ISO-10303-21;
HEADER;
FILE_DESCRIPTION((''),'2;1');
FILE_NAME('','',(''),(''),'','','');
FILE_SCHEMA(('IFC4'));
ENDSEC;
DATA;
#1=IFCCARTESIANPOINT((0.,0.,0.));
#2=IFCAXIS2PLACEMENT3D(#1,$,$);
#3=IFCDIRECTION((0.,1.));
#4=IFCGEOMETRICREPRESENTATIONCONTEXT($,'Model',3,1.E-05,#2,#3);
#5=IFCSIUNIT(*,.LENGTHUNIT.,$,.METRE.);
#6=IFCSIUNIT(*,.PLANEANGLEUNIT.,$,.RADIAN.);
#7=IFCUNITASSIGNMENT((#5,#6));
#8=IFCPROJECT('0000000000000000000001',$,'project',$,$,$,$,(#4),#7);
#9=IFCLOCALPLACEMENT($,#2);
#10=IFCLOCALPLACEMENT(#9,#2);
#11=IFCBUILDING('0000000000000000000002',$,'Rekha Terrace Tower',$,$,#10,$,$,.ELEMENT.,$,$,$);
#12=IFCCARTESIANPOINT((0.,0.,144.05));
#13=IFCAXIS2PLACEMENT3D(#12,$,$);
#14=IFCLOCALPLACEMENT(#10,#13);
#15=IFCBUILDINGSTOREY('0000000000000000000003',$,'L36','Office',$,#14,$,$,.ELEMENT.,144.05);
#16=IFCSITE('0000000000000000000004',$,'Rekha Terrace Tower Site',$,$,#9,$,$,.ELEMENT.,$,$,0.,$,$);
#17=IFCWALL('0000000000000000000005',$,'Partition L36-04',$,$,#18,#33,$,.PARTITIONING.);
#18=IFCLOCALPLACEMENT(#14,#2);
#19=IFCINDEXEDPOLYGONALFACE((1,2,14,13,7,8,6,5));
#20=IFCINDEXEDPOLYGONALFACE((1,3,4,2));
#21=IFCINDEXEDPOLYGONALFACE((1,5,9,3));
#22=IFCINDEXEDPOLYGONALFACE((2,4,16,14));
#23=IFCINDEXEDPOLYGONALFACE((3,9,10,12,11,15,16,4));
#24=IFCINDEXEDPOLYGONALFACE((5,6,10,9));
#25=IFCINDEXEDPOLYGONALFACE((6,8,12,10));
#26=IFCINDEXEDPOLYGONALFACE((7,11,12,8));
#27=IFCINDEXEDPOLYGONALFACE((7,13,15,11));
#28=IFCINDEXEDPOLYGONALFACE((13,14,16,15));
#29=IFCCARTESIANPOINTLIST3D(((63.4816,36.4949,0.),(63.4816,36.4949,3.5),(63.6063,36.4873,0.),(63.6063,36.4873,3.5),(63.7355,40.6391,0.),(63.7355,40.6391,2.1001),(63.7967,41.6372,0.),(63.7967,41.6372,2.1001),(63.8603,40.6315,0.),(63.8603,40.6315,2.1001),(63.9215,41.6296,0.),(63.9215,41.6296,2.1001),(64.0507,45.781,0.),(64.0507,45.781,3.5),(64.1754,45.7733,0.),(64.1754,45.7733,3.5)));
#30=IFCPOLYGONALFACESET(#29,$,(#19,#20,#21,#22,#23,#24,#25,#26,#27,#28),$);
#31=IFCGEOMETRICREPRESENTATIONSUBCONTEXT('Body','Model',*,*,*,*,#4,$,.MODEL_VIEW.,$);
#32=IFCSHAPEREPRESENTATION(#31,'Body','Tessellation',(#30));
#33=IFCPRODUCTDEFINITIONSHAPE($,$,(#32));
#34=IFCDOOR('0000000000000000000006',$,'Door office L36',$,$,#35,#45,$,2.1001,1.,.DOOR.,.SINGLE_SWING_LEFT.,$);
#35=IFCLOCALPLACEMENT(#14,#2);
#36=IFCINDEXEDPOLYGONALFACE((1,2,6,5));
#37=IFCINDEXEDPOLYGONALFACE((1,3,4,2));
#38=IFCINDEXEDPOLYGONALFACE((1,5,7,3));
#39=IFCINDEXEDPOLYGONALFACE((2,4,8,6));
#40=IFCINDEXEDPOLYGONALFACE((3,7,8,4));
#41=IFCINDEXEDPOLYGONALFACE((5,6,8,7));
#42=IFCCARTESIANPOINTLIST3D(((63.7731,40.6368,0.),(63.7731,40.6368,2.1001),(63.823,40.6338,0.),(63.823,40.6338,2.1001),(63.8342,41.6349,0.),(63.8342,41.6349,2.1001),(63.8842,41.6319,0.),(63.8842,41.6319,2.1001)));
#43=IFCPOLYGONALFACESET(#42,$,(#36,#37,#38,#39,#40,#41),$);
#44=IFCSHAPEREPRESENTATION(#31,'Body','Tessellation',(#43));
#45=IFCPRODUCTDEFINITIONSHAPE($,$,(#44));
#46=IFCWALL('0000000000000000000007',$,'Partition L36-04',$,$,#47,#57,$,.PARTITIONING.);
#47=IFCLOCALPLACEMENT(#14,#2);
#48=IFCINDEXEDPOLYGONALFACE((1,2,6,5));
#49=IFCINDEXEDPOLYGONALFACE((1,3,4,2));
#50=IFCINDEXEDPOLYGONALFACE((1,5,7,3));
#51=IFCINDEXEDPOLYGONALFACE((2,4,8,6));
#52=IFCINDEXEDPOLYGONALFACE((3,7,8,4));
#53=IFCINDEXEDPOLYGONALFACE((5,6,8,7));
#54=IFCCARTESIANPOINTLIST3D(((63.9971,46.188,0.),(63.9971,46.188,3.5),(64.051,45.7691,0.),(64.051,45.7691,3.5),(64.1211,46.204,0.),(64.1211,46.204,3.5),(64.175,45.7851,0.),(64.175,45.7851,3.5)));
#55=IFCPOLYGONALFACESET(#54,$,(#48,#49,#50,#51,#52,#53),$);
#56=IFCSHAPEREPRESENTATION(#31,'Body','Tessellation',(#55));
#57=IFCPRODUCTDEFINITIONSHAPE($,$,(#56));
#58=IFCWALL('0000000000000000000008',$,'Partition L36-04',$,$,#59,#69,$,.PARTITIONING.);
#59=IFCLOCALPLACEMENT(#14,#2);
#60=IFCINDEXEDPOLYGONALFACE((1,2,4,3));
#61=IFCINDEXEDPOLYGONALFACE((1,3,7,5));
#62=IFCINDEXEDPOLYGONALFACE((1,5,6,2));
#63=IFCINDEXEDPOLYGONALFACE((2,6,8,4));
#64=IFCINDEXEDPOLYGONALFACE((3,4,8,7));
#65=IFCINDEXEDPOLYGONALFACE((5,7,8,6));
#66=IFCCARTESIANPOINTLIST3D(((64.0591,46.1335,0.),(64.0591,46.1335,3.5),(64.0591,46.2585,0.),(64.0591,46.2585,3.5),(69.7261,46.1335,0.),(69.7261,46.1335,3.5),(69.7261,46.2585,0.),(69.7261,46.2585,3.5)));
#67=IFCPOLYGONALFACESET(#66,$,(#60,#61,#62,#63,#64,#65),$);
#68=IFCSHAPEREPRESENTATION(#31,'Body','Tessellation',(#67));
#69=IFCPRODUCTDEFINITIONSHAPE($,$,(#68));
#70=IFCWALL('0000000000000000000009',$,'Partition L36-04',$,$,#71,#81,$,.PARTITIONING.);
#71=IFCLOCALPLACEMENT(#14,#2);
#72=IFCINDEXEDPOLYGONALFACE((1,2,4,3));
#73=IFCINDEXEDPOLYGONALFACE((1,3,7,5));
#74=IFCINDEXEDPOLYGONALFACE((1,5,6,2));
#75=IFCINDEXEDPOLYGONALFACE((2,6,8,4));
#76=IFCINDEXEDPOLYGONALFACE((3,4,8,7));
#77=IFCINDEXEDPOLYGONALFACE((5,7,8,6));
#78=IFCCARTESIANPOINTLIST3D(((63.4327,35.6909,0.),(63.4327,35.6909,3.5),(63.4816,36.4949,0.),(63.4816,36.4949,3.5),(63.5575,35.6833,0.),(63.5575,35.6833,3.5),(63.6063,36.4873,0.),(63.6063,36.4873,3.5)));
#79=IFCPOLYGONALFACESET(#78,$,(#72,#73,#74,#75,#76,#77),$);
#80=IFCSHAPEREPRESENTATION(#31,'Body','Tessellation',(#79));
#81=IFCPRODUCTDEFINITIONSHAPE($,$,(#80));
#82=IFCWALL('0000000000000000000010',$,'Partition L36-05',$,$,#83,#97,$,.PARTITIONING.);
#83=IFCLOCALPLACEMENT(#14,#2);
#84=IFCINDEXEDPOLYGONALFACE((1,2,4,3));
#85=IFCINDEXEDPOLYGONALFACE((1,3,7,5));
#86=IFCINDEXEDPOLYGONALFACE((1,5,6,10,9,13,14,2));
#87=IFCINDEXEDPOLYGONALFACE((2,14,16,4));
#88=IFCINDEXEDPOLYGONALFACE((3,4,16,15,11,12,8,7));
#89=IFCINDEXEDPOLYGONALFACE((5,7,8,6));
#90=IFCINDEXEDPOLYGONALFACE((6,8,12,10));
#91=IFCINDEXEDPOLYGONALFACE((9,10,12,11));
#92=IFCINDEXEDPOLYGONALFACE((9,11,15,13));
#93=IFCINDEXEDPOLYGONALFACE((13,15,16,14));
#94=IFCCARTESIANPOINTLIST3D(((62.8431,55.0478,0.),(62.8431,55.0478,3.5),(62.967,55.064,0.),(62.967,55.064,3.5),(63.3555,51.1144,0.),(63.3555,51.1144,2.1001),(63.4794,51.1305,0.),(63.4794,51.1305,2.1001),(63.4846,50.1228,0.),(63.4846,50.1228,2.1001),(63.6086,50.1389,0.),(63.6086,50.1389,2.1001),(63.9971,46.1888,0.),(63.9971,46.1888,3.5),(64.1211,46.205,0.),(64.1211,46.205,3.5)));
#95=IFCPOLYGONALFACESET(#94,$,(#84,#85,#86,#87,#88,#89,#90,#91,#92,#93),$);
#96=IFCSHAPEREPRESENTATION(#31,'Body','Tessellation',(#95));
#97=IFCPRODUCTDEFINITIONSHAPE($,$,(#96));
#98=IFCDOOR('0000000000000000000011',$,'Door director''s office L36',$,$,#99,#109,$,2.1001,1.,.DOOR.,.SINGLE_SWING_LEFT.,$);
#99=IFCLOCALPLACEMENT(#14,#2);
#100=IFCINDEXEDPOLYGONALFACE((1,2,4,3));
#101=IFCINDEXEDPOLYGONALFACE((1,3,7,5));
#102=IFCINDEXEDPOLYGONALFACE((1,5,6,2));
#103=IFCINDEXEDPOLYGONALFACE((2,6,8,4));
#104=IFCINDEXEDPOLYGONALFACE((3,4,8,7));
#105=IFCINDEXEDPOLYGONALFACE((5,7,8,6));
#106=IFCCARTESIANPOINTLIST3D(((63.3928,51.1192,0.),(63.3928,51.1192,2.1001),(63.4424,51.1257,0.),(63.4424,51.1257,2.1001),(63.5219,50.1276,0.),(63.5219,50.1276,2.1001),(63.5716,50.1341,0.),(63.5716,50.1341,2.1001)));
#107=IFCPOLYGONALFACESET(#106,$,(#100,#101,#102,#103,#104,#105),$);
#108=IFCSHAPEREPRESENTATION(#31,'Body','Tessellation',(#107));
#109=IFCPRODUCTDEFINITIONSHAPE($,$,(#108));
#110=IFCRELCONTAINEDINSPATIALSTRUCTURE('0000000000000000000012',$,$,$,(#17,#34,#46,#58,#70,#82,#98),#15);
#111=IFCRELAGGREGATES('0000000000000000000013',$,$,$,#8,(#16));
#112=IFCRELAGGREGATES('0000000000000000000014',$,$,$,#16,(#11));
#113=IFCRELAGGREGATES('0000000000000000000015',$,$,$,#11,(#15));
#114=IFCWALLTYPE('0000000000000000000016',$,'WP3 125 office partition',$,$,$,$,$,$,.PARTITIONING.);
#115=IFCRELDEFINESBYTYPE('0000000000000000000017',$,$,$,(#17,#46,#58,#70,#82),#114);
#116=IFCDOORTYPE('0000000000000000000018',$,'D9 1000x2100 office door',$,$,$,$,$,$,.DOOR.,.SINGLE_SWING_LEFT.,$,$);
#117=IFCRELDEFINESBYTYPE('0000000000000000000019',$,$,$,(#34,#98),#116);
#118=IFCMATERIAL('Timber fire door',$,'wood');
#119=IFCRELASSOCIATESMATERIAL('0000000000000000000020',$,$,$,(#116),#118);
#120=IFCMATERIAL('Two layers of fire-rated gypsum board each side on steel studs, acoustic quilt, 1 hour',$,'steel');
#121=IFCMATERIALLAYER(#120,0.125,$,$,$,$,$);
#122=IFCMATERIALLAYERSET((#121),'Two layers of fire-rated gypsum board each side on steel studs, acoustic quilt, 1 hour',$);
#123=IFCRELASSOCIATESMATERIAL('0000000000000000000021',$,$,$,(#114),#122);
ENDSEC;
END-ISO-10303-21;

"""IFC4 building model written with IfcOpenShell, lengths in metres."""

from ifc_helpers import new_model, si_unit, direction, frame, frame_2d, origin, place, context, subcontext, project, spatial, rectangle, extrude, material, layer, layer_set, type_object, element, fill, save


model = new_model("IFC4")

# Units and contexts
model_context = context("Model", 3, precision=1e-05, world=origin(), true_north=direction((0.0, 1.0)))
body_context = subcontext(model_context, "Body", "Model", "MODEL_VIEW")
ifc_project = project(units=[si_unit("LENGTHUNIT", "METRE"), si_unit("PLANEANGLEUNIT", "RADIAN")], contexts=[model_context])

# Site, building, storey
site_placement = place(None, origin())
site = spatial("IfcSite", under=ifc_project, at=site_placement, Name="Rekha Terrace Tower Site", CompositionType="ELEMENT", RefElevation=0.0)
building_placement = place(site_placement, origin())
building = spatial("IfcBuilding", under=site, at=building_placement, Name="Rekha Terrace Tower", CompositionType="ELEMENT")
storey_placement = place(building_placement, frame((0.0, 0.0, 144.05)))
storey = spatial("IfcBuildingStorey", under=building, at=storey_placement, Name="L36", Description="Office", CompositionType="ELEMENT", Elevation=144.05)

# Shared definitions
ifc_material_1 = material(Name="Timber fire door", Category="wood")
door_type = type_object("IfcDoorType", Name="D9 1000x2100 office door", OperationType="SINGLE_SWING_LEFT", PredefinedType="DOOR", material=ifc_material_1)

# Shared definitions
ifc_material_2 = material(Name="Two layers of fire-rated gypsum board each side on steel studs, acoustic quilt, 1 hour", Category="steel")
ifc_layer_1 = layer(ifc_material_2, 0.125)
ifc_layer_set_1 = layer_set([ifc_layer_1], Name="Two layers of fire-rated gypsum board each side on steel studs, acoustic quilt, 1 hour")
wall_type_1 = type_object("IfcWallType", Name="WP3 125 office partition", PredefinedType="PARTITIONING", material=ifc_layer_set_1)

# Wall, opening, door
wall_1_placement = place(storey_placement, frame((63.5439, 36.491, 0.0), z_axis=(0.0, 0.0, 1.0), x_axis=(0.061169, 0.998127, 0.0)))
wall_1 = element("IfcWall", 1, at=wall_1_placement, inside=storey, type_object=wall_type_1, Name="Partition L36-04", PredefinedType="PARTITIONING", context=body_context, shape_type="SweptSolid", body=[
    extrude(rectangle(XDim=9.3035, YDim=0.125, at=frame_2d((4.6519, 0.0))), origin(), (0.0, 0.0, 1.0), 3.5),
])
opening_1_placement = place(wall_1_placement, frame((4.1521, 0.0, 0.0)))
opening_1 = element("IfcOpeningElement", 2, at=opening_1_placement, cuts=wall_1, PredefinedType="OPENING", context=body_context, shape_type="SweptSolid", body=[
    extrude(rectangle(XDim=1.0, YDim=2.1001, at=frame_2d((0.5, 1.05))), frame((0.0, 0.0725, 0.0), z_axis=(0.0, -1.0, 0.0), x_axis=(1.0, 0.0, 0.0)), (0.0, 0.0, 1.0), 0.145),
])
door_1_placement = place(opening_1_placement, origin())
door_1 = element("IfcDoor", 3, at=door_1_placement, inside=storey, type_object=door_type, Name="Door office L36", OperationType="SINGLE_SWING_LEFT", OverallHeight=2.1001, OverallWidth=1.0, PredefinedType="DOOR", context=body_context, shape_type="SweptSolid", body=[
    extrude(rectangle(XDim=1.0, YDim=2.1001, at=frame_2d((0.5, 1.05))), frame((0.0, 0.0249, 0.0), z_axis=(0.0, -1.0, 0.0), x_axis=(1.0, 0.0, 0.0)), (0.0, 0.0, 1.0), 0.05),
])
fill(opening_1, door_1)

# Walls
wall_2_placement = place(storey_placement, frame((64.113, 45.7771, 0.0), z_axis=(0.0, 0.0, 1.0), x_axis=(-0.127733, 0.991809, 0.0)))
element("IfcWall", 4, at=wall_2_placement, inside=storey, type_object=wall_type_1, Name="Partition L36-04", PredefinedType="PARTITIONING", context=body_context, shape_type="SweptSolid", body=[
    extrude(rectangle(XDim=0.4224, YDim=0.125, at=frame_2d((0.2112, 0.0))), origin(), (0.0, 0.0, 1.0), 3.5),
])
wall_3_placement = place(storey_placement, frame((64.0591, 46.196, 0.0), z_axis=(0.0, 0.0, 1.0), x_axis=(1.0, 0.0, 0.0)))
element("IfcWall", 5, at=wall_3_placement, inside=storey, type_object=wall_type_1, Name="Partition L36-04", PredefinedType="PARTITIONING", context=body_context, shape_type="SweptSolid", body=[
    extrude(rectangle(XDim=5.667, YDim=0.125, at=frame_2d((2.8335, 0.0))), origin(), (0.0, 0.0, 1.0), 3.5),
])
wall_4_placement = place(storey_placement, frame((63.4951, 35.687, 0.0), z_axis=(0.0, 0.0, 1.0), x_axis=(0.060623, 0.998161, 0.0)))
element("IfcWall", 6, at=wall_4_placement, inside=storey, type_object=wall_type_1, Name="Partition L36-04", PredefinedType="PARTITIONING", context=body_context, shape_type="SweptSolid", body=[
    extrude(rectangle(XDim=0.8054, YDim=0.125, at=frame_2d((0.4028, 0.0))), origin(), (0.0, 0.0, 1.0), 3.5),
])

# Wall, opening, door
wall_5_placement = place(storey_placement, frame((64.0591, 46.197, 0.0), z_axis=(0.0, 0.0, 1.0), x_axis=(-0.129179, 0.991621, 0.0)))
wall_5 = element("IfcWall", 7, at=wall_5_placement, inside=storey, type_object=wall_type_1, Name="Partition L36-05", PredefinedType="PARTITIONING", context=body_context, shape_type="SweptSolid", body=[
    extrude(rectangle(XDim=8.9338, YDim=0.125, at=frame_2d((4.4668, 0.0))), origin(), (0.0, 0.0, 1.0), 3.5),
])
opening_2_placement = place(wall_5_placement, frame((3.967, 0.0, 0.0)))
opening_2 = element("IfcOpeningElement", 8, at=opening_2_placement, cuts=wall_5, PredefinedType="OPENING", context=body_context, shape_type="SweptSolid", body=[
    extrude(rectangle(XDim=1.0, YDim=2.1001, at=frame_2d((0.5, 1.05))), frame((0.0, 0.0725, 0.0), z_axis=(0.0, -1.0, 0.0), x_axis=(1.0, 0.0, 0.0)), (0.0, 0.0, 1.0), 0.145),
])
door_2_placement = place(opening_2_placement, origin())
door_2 = element("IfcDoor", 9, at=door_2_placement, inside=storey, type_object=door_type, Name="Door director's office L36", OperationType="SINGLE_SWING_LEFT", OverallHeight=2.1001, OverallWidth=1.0, PredefinedType="DOOR", context=body_context, shape_type="SweptSolid", body=[
    extrude(rectangle(XDim=1.0, YDim=2.1001, at=frame_2d((0.5, 1.05))), frame((0.0, 0.0249, 0.0), z_axis=(0.0, -1.0, 0.0), x_axis=(1.0, 0.0, 0.0)), (0.0, 0.0, 1.0), 0.05),
])
fill(opening_2, door_2)

save(model, "model.ifc")
